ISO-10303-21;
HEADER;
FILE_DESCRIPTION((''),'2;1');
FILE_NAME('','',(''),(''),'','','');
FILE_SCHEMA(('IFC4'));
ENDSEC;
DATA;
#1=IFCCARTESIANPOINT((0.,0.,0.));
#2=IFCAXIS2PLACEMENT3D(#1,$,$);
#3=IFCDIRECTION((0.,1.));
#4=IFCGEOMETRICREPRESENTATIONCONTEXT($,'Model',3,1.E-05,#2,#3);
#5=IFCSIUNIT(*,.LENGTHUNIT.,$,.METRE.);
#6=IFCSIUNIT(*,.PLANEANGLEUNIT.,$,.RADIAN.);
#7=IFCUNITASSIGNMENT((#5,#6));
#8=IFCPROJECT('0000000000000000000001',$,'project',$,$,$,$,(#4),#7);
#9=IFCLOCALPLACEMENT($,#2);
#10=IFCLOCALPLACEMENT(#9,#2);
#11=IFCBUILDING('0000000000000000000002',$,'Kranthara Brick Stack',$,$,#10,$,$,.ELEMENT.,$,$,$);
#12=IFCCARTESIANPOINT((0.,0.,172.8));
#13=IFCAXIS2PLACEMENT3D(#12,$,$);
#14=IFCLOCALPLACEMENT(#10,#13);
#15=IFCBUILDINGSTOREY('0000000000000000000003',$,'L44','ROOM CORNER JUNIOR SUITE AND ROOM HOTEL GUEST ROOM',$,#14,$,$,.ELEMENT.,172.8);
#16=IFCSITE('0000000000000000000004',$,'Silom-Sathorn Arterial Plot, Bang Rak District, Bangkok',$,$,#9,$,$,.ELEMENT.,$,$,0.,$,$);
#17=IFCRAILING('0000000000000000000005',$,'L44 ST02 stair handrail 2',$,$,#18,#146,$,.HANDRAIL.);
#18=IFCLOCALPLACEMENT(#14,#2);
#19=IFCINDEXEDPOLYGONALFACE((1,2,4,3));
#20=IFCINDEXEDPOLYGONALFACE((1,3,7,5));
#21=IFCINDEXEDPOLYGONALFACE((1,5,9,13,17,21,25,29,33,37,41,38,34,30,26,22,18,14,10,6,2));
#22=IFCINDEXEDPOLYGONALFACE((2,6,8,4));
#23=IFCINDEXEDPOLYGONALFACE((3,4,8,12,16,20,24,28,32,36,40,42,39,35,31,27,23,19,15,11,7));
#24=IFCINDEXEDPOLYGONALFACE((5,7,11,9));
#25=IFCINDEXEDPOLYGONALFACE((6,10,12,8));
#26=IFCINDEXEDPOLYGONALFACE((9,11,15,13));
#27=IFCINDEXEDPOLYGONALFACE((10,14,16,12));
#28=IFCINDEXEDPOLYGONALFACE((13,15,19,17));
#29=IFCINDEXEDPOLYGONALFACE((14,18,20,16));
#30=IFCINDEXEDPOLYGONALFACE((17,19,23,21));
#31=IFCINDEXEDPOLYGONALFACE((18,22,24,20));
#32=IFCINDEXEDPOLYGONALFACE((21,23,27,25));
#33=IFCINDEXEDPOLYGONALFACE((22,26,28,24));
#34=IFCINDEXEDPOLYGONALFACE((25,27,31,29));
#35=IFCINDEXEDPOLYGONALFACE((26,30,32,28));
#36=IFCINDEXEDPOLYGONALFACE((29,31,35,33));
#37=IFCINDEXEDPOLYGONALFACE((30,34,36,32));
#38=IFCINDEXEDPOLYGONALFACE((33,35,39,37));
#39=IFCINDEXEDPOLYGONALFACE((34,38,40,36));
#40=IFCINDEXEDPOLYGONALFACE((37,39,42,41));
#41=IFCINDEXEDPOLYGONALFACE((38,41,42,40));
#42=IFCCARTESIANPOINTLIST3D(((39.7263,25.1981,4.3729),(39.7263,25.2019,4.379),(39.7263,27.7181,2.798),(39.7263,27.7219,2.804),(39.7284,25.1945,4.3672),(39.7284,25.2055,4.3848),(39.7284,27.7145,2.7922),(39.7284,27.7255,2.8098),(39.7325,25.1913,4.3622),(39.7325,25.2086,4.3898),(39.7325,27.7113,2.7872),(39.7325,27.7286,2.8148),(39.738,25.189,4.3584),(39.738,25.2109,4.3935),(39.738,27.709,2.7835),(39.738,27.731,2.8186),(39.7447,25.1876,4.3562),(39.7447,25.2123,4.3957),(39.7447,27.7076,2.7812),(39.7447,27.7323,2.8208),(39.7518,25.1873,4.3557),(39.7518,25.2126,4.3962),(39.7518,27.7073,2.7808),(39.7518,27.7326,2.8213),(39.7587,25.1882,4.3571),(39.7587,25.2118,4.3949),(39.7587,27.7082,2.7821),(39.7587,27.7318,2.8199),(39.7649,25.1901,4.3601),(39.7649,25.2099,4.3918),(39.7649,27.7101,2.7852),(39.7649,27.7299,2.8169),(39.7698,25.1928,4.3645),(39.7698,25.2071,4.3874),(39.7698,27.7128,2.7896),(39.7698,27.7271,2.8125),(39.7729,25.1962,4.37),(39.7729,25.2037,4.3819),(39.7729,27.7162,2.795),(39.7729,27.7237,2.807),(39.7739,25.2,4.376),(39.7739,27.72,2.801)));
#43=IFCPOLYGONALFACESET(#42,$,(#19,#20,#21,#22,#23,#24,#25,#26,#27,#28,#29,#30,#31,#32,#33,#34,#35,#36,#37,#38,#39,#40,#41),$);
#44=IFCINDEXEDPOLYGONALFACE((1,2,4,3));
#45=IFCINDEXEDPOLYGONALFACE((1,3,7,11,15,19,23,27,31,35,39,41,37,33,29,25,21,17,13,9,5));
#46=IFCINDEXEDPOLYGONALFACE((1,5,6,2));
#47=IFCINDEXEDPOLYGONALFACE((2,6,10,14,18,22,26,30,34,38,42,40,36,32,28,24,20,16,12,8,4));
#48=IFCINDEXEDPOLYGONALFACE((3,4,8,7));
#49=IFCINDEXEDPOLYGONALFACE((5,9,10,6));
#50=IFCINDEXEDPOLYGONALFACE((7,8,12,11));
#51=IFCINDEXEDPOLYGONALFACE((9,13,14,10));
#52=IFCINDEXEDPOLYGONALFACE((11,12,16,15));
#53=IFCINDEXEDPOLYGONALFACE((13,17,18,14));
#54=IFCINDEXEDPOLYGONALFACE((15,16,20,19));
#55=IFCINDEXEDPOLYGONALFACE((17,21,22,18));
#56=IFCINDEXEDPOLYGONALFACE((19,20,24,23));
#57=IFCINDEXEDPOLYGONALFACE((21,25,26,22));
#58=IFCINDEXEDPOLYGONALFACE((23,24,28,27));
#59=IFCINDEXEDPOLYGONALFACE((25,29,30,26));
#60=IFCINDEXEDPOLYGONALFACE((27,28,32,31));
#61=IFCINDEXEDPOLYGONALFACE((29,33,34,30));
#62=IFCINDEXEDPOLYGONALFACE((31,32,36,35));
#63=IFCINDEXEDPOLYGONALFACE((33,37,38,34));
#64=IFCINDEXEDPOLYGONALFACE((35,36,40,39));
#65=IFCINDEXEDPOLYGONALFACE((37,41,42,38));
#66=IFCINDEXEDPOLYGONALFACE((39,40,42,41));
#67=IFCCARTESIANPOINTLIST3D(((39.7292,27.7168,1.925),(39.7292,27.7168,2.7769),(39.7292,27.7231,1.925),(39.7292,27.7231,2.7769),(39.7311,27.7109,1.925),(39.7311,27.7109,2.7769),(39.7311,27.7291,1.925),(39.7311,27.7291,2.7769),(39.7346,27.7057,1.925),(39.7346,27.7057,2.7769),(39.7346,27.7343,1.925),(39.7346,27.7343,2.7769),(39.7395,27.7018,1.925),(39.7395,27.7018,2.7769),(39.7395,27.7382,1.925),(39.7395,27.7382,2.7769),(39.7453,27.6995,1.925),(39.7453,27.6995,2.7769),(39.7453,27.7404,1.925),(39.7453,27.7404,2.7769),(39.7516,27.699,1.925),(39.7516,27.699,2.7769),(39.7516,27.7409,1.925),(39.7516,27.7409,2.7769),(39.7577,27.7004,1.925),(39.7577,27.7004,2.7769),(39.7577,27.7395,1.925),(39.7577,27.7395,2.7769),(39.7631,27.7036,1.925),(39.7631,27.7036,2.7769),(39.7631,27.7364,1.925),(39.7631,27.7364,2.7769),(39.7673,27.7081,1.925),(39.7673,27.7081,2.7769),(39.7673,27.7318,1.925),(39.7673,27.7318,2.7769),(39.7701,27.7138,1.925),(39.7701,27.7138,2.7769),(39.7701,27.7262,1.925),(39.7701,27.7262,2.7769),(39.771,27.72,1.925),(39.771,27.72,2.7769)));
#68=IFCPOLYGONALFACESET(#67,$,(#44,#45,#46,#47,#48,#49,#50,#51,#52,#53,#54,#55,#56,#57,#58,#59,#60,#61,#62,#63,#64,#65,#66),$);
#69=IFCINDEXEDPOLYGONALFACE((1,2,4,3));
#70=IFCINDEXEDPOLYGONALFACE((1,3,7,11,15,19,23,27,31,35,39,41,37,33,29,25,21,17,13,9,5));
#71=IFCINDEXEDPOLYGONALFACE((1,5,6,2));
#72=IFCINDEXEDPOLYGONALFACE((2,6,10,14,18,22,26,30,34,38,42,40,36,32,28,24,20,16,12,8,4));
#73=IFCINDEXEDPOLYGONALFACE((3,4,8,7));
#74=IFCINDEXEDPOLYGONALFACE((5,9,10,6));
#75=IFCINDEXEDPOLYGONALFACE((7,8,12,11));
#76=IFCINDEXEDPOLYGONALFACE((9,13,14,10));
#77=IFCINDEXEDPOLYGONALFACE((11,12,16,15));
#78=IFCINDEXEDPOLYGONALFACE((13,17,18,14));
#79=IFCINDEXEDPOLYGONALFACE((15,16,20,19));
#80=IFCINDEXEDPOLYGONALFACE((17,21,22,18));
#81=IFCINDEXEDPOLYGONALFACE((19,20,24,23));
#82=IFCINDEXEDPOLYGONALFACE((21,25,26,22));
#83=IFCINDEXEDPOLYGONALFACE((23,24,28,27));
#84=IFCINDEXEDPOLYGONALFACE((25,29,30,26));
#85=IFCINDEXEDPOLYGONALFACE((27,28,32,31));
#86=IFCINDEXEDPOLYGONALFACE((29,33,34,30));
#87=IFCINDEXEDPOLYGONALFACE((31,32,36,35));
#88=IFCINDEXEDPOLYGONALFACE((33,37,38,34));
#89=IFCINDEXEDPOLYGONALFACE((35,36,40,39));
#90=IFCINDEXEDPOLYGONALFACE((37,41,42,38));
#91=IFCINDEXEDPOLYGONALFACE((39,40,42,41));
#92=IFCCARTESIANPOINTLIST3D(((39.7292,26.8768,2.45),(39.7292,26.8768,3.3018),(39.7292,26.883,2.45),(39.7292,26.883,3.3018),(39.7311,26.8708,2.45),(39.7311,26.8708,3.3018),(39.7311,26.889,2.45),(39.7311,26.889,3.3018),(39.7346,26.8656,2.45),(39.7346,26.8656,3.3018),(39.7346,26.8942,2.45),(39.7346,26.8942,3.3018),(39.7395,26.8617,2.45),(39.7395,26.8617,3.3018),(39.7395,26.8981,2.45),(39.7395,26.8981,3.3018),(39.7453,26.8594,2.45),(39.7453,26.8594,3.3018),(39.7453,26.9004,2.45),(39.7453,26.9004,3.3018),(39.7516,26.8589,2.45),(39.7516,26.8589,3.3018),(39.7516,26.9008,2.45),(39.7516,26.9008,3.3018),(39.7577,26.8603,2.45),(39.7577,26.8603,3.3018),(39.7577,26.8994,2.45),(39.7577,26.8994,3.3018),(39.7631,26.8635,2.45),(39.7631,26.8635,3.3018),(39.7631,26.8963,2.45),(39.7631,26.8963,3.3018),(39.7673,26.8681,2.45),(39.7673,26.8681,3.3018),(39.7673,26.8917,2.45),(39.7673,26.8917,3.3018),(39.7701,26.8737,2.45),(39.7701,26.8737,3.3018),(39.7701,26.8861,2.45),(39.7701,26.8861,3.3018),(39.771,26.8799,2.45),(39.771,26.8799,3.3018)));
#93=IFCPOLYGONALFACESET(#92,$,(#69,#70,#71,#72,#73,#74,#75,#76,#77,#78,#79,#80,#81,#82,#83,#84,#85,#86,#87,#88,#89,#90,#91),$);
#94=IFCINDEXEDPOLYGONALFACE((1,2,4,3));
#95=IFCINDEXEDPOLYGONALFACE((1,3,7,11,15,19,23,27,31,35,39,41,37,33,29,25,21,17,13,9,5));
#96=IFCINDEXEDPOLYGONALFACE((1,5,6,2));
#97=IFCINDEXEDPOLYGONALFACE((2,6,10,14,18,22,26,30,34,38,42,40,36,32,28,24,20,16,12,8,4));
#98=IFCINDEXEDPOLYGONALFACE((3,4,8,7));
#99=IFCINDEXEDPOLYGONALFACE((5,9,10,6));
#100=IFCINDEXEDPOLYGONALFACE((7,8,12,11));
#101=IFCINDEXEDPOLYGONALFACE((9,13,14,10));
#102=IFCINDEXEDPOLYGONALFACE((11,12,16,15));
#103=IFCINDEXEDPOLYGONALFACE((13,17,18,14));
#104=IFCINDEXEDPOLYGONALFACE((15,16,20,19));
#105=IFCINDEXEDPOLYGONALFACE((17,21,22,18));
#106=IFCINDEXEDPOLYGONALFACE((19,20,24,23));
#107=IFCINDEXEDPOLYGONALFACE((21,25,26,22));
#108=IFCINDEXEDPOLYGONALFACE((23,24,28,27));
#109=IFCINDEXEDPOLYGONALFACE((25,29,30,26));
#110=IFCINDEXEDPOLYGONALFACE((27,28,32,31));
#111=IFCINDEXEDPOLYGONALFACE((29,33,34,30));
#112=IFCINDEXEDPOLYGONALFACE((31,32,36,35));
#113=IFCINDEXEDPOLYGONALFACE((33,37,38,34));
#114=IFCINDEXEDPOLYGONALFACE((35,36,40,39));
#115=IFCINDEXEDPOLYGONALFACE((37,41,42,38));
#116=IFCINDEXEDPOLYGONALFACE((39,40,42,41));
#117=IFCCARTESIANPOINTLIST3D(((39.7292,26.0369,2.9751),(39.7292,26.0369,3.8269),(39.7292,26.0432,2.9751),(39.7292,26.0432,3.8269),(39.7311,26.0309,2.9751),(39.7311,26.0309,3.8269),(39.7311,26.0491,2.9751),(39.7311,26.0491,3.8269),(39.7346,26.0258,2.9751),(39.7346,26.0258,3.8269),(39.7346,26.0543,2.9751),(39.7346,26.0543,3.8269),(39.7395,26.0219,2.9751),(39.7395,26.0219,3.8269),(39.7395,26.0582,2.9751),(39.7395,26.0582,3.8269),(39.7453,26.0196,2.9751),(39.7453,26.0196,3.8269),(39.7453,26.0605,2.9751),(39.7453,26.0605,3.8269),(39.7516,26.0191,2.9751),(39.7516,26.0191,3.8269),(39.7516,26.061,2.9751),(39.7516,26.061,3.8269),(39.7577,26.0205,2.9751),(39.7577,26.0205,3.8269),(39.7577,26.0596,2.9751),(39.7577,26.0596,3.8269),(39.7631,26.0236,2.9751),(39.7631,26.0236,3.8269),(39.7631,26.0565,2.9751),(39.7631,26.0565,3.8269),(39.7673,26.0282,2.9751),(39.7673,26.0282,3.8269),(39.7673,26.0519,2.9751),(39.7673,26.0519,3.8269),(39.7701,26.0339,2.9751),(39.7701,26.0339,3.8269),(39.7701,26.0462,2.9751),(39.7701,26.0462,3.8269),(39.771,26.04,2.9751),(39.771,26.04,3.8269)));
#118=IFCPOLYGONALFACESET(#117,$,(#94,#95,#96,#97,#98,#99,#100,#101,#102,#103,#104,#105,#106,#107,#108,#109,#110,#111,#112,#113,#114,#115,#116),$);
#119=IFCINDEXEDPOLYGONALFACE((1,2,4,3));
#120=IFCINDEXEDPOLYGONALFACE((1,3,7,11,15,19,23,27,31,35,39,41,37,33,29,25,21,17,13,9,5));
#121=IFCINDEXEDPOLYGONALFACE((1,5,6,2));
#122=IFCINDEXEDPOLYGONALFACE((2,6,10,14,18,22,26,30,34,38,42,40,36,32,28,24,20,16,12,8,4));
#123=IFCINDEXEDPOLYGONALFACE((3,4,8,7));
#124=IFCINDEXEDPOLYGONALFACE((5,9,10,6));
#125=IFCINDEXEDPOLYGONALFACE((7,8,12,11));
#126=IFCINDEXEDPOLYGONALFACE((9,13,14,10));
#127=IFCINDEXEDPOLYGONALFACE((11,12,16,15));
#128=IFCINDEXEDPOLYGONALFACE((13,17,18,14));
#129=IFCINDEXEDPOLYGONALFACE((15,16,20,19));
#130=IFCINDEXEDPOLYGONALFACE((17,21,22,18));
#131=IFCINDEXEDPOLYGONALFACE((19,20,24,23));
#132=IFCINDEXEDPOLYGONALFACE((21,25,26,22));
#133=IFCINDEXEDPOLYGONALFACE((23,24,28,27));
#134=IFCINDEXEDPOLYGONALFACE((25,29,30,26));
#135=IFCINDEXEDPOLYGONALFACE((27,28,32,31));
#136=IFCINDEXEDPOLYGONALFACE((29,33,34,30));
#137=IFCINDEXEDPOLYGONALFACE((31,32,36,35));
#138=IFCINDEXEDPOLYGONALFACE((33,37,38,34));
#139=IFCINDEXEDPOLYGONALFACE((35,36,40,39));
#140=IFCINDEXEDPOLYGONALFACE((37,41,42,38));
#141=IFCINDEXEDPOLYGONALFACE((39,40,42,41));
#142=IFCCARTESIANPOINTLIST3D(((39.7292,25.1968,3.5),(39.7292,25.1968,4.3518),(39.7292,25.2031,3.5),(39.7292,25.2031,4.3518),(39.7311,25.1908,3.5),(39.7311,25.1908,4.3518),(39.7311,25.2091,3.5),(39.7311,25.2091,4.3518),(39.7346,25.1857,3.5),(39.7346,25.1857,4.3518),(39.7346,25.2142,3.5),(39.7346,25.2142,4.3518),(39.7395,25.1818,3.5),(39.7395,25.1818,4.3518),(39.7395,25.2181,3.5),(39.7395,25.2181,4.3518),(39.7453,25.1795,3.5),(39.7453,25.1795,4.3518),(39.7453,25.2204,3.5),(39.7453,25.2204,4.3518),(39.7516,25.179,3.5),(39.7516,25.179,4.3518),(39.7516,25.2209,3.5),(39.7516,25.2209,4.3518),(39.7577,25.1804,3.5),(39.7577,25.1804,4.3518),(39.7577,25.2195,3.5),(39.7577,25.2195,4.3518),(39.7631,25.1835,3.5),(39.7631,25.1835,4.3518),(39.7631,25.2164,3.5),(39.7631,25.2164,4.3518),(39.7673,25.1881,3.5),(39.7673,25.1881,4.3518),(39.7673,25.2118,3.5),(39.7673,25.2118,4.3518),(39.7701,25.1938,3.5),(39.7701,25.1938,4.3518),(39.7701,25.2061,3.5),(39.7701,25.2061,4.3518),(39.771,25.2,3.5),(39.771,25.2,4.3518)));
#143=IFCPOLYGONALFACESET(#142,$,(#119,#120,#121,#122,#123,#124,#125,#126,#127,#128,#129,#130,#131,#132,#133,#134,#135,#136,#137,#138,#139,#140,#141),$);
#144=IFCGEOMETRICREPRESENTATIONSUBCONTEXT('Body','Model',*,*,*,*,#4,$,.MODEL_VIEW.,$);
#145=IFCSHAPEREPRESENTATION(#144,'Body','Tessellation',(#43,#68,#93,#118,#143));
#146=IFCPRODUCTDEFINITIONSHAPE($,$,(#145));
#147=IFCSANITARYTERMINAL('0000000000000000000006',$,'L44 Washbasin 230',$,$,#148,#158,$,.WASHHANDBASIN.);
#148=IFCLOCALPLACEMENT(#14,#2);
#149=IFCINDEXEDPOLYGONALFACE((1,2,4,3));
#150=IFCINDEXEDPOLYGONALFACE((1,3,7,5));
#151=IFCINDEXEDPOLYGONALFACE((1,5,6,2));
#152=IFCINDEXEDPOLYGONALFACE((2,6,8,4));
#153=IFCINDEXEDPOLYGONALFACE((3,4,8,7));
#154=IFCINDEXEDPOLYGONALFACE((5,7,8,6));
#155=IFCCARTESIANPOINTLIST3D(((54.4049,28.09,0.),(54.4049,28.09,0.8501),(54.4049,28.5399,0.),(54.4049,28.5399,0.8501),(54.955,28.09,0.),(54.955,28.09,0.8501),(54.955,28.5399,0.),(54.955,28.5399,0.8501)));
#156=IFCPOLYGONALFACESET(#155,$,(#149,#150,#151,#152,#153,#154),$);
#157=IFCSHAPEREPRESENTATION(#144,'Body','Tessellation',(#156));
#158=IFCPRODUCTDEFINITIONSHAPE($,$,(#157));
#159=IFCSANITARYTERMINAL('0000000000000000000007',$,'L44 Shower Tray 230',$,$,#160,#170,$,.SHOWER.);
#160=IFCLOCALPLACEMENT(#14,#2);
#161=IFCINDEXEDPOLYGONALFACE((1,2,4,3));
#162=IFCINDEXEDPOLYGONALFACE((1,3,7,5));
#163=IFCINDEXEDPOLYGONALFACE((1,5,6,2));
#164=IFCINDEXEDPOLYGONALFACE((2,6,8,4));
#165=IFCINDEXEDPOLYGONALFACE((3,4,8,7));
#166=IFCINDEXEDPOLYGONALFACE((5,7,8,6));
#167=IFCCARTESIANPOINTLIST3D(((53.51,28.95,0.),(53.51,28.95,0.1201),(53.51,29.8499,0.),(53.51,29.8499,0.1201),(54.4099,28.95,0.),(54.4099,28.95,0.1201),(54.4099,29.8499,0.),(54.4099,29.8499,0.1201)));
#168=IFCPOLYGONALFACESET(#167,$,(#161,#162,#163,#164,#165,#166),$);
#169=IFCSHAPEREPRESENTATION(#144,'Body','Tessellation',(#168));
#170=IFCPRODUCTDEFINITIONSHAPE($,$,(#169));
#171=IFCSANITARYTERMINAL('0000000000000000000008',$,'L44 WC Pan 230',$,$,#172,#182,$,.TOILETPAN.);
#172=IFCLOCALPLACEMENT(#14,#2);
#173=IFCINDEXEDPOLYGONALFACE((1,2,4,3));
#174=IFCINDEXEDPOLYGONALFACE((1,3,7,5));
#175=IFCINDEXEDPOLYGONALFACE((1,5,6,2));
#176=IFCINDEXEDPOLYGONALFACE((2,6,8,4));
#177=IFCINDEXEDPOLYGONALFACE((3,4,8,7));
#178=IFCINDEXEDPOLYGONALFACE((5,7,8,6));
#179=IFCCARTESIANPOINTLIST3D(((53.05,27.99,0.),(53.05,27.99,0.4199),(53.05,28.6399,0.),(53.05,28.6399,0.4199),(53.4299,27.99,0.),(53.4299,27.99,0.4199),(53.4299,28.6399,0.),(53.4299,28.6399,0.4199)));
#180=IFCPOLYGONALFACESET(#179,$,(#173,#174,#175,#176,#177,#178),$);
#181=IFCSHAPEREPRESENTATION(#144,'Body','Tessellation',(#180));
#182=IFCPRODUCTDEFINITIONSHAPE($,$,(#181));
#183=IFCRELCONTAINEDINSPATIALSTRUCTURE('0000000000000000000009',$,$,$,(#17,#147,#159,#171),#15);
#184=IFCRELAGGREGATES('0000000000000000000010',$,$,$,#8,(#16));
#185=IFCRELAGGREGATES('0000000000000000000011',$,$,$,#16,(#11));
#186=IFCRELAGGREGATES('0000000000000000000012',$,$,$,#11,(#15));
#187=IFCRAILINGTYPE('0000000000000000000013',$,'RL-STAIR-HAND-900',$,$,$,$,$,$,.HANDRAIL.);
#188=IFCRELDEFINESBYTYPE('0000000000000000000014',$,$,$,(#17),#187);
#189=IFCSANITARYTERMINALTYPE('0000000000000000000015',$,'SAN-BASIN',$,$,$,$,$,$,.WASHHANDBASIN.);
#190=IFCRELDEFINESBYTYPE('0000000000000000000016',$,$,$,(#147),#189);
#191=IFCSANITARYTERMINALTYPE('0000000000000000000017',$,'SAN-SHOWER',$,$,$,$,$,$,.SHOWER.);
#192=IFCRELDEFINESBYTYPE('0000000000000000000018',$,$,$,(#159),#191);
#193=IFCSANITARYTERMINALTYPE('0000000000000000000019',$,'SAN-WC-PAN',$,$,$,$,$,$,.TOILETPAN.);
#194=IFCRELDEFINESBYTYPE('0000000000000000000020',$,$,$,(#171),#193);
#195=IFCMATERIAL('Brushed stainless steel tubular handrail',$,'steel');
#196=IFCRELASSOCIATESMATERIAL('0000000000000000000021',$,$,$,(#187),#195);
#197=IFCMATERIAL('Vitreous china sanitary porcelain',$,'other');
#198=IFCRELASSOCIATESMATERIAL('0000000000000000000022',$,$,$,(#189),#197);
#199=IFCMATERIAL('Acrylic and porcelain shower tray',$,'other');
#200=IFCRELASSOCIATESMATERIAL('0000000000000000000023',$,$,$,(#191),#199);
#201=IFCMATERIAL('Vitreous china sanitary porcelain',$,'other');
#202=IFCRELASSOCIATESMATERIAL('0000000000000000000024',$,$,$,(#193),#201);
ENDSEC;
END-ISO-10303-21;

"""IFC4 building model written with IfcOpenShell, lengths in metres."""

from ifc_helpers import new_model, si_unit, direction, frame, origin, origin_2d, place, context, subcontext, project, spatial, rectangle, circle, extrude, material, type_object, element, save


model = new_model("IFC4")

# Units and contexts
model_context = context("Model", 3, precision=1e-05, world=origin(), true_north=direction((0.0, 1.0)))
body_context = subcontext(model_context, "Body", "Model", "MODEL_VIEW")
ifc_project = project(units=[si_unit("LENGTHUNIT", "METRE"), si_unit("PLANEANGLEUNIT", "RADIAN")], contexts=[model_context])

# Site, building, storey
site_placement = place(None, origin())
site = spatial("IfcSite", under=ifc_project, at=site_placement, Name="Silom-Sathorn Arterial Plot, Bang Rak District, Bangkok", CompositionType="ELEMENT", RefElevation=0.0)
building_placement = place(site_placement, origin())
building = spatial("IfcBuilding", under=site, at=building_placement, Name="Kranthara Brick Stack", CompositionType="ELEMENT")
storey_placement = place(building_placement, frame((0.0, 0.0, 172.8)))
storey = spatial("IfcBuildingStorey", under=building, at=storey_placement, Name="L44", Description="ROOM CORNER JUNIOR SUITE AND ROOM HOTEL GUEST ROOM", CompositionType="ELEMENT", Elevation=172.8)

# Railing
ifc_material_1 = material(Name="Brushed stainless steel tubular handrail", Category="steel")
railing_type_1 = type_object("IfcRailingType", Name="RL-STAIR-HAND-900", PredefinedType="HANDRAIL", material=ifc_material_1)
railing_1_placement = place(storey_placement, frame((39.75, 27.72, 1.925)))
element("IfcRailing", 1, at=railing_1_placement, inside=storey, type_object=railing_type_1, Name="L44 ST02 stair handrail 2", PredefinedType="HANDRAIL", context=body_context, shape_type="SweptSolid", body=[
    extrude(circle(Radius=0.0239, at=origin_2d()), frame((0.0, 0.0, 0.876), z_axis=(0.0, -0.848008, 0.529984), x_axis=(1.0, 0.0, 0.0)), (0.0, 0.0, 1.0), 2.9717),
    extrude(circle(Radius=0.021, at=origin_2d()), origin(), (0.0, 0.0, 1.0), 0.8518),
    extrude(circle(Radius=0.021, at=origin_2d()), frame((0.0, -0.8401, 0.5249)), (0.0, 0.0, 1.0), 0.8518),
    extrude(circle(Radius=0.021, at=origin_2d()), frame((0.0, -1.6799, 1.05)), (0.0, 0.0, 1.0), 0.8518),
    extrude(circle(Radius=0.021, at=origin_2d()), frame((0.0, -2.52, 1.575)), (0.0, 0.0, 1.0), 0.8518),
])

# Sanitary terminals
ifc_material_2 = material(Name="Vitreous china sanitary porcelain", Category="other")
sanitary_terminal_type_1 = type_object("IfcSanitaryTerminalType", Name="SAN-BASIN", PredefinedType="WASHHANDBASIN", material=ifc_material_2)
sanitary_terminal_1_placement = place(storey_placement, frame((54.6799, 28.3149, 0.0), z_axis=(0.0, 0.0, 1.0), x_axis=(1.0, 0.0, 0.0)))
element("IfcSanitaryTerminal", 2, at=sanitary_terminal_1_placement, inside=storey, type_object=sanitary_terminal_type_1, Name="L44 Washbasin 230", PredefinedType="WASHHANDBASIN", context=body_context, shape_type="SweptSolid", body=[
    extrude(rectangle(XDim=0.55, YDim=0.45, at=origin_2d()), origin(), (0.0, 0.0, 1.0), 0.8501),
])
ifc_material_3 = material(Name="Acrylic and porcelain shower tray", Category="other")
sanitary_terminal_type_2 = type_object("IfcSanitaryTerminalType", Name="SAN-SHOWER", PredefinedType="SHOWER", material=ifc_material_3)
sanitary_terminal_2_placement = place(storey_placement, frame((53.96, 29.3999, 0.0), z_axis=(0.0, 0.0, 1.0), x_axis=(1.0, 0.0, 0.0)))
element("IfcSanitaryTerminal", 3, at=sanitary_terminal_2_placement, inside=storey, type_object=sanitary_terminal_type_2, Name="L44 Shower Tray 230", PredefinedType="SHOWER", context=body_context, shape_type="SweptSolid", body=[
    extrude(rectangle(XDim=0.8999, YDim=0.8999, at=origin_2d()), origin(), (0.0, 0.0, 1.0), 0.1201),
])
ifc_material_4 = material(Name="Vitreous china sanitary porcelain", Category="other")
sanitary_terminal_type_3 = type_object("IfcSanitaryTerminalType", Name="SAN-WC-PAN", PredefinedType="TOILETPAN", material=ifc_material_4)
sanitary_terminal_3_placement = place(storey_placement, frame((53.24, 28.3149, 0.0), z_axis=(0.0, 0.0, 1.0), x_axis=(1.0, 0.0, 0.0)))
element("IfcSanitaryTerminal", 4, at=sanitary_terminal_3_placement, inside=storey, type_object=sanitary_terminal_type_3, Name="L44 WC Pan 230", PredefinedType="TOILETPAN", context=body_context, shape_type="SweptSolid", body=[
    extrude(rectangle(XDim=0.3799, YDim=0.6499, at=origin_2d()), origin(), (0.0, 0.0, 1.0), 0.4199),
])

save(model, "model.ifc")
